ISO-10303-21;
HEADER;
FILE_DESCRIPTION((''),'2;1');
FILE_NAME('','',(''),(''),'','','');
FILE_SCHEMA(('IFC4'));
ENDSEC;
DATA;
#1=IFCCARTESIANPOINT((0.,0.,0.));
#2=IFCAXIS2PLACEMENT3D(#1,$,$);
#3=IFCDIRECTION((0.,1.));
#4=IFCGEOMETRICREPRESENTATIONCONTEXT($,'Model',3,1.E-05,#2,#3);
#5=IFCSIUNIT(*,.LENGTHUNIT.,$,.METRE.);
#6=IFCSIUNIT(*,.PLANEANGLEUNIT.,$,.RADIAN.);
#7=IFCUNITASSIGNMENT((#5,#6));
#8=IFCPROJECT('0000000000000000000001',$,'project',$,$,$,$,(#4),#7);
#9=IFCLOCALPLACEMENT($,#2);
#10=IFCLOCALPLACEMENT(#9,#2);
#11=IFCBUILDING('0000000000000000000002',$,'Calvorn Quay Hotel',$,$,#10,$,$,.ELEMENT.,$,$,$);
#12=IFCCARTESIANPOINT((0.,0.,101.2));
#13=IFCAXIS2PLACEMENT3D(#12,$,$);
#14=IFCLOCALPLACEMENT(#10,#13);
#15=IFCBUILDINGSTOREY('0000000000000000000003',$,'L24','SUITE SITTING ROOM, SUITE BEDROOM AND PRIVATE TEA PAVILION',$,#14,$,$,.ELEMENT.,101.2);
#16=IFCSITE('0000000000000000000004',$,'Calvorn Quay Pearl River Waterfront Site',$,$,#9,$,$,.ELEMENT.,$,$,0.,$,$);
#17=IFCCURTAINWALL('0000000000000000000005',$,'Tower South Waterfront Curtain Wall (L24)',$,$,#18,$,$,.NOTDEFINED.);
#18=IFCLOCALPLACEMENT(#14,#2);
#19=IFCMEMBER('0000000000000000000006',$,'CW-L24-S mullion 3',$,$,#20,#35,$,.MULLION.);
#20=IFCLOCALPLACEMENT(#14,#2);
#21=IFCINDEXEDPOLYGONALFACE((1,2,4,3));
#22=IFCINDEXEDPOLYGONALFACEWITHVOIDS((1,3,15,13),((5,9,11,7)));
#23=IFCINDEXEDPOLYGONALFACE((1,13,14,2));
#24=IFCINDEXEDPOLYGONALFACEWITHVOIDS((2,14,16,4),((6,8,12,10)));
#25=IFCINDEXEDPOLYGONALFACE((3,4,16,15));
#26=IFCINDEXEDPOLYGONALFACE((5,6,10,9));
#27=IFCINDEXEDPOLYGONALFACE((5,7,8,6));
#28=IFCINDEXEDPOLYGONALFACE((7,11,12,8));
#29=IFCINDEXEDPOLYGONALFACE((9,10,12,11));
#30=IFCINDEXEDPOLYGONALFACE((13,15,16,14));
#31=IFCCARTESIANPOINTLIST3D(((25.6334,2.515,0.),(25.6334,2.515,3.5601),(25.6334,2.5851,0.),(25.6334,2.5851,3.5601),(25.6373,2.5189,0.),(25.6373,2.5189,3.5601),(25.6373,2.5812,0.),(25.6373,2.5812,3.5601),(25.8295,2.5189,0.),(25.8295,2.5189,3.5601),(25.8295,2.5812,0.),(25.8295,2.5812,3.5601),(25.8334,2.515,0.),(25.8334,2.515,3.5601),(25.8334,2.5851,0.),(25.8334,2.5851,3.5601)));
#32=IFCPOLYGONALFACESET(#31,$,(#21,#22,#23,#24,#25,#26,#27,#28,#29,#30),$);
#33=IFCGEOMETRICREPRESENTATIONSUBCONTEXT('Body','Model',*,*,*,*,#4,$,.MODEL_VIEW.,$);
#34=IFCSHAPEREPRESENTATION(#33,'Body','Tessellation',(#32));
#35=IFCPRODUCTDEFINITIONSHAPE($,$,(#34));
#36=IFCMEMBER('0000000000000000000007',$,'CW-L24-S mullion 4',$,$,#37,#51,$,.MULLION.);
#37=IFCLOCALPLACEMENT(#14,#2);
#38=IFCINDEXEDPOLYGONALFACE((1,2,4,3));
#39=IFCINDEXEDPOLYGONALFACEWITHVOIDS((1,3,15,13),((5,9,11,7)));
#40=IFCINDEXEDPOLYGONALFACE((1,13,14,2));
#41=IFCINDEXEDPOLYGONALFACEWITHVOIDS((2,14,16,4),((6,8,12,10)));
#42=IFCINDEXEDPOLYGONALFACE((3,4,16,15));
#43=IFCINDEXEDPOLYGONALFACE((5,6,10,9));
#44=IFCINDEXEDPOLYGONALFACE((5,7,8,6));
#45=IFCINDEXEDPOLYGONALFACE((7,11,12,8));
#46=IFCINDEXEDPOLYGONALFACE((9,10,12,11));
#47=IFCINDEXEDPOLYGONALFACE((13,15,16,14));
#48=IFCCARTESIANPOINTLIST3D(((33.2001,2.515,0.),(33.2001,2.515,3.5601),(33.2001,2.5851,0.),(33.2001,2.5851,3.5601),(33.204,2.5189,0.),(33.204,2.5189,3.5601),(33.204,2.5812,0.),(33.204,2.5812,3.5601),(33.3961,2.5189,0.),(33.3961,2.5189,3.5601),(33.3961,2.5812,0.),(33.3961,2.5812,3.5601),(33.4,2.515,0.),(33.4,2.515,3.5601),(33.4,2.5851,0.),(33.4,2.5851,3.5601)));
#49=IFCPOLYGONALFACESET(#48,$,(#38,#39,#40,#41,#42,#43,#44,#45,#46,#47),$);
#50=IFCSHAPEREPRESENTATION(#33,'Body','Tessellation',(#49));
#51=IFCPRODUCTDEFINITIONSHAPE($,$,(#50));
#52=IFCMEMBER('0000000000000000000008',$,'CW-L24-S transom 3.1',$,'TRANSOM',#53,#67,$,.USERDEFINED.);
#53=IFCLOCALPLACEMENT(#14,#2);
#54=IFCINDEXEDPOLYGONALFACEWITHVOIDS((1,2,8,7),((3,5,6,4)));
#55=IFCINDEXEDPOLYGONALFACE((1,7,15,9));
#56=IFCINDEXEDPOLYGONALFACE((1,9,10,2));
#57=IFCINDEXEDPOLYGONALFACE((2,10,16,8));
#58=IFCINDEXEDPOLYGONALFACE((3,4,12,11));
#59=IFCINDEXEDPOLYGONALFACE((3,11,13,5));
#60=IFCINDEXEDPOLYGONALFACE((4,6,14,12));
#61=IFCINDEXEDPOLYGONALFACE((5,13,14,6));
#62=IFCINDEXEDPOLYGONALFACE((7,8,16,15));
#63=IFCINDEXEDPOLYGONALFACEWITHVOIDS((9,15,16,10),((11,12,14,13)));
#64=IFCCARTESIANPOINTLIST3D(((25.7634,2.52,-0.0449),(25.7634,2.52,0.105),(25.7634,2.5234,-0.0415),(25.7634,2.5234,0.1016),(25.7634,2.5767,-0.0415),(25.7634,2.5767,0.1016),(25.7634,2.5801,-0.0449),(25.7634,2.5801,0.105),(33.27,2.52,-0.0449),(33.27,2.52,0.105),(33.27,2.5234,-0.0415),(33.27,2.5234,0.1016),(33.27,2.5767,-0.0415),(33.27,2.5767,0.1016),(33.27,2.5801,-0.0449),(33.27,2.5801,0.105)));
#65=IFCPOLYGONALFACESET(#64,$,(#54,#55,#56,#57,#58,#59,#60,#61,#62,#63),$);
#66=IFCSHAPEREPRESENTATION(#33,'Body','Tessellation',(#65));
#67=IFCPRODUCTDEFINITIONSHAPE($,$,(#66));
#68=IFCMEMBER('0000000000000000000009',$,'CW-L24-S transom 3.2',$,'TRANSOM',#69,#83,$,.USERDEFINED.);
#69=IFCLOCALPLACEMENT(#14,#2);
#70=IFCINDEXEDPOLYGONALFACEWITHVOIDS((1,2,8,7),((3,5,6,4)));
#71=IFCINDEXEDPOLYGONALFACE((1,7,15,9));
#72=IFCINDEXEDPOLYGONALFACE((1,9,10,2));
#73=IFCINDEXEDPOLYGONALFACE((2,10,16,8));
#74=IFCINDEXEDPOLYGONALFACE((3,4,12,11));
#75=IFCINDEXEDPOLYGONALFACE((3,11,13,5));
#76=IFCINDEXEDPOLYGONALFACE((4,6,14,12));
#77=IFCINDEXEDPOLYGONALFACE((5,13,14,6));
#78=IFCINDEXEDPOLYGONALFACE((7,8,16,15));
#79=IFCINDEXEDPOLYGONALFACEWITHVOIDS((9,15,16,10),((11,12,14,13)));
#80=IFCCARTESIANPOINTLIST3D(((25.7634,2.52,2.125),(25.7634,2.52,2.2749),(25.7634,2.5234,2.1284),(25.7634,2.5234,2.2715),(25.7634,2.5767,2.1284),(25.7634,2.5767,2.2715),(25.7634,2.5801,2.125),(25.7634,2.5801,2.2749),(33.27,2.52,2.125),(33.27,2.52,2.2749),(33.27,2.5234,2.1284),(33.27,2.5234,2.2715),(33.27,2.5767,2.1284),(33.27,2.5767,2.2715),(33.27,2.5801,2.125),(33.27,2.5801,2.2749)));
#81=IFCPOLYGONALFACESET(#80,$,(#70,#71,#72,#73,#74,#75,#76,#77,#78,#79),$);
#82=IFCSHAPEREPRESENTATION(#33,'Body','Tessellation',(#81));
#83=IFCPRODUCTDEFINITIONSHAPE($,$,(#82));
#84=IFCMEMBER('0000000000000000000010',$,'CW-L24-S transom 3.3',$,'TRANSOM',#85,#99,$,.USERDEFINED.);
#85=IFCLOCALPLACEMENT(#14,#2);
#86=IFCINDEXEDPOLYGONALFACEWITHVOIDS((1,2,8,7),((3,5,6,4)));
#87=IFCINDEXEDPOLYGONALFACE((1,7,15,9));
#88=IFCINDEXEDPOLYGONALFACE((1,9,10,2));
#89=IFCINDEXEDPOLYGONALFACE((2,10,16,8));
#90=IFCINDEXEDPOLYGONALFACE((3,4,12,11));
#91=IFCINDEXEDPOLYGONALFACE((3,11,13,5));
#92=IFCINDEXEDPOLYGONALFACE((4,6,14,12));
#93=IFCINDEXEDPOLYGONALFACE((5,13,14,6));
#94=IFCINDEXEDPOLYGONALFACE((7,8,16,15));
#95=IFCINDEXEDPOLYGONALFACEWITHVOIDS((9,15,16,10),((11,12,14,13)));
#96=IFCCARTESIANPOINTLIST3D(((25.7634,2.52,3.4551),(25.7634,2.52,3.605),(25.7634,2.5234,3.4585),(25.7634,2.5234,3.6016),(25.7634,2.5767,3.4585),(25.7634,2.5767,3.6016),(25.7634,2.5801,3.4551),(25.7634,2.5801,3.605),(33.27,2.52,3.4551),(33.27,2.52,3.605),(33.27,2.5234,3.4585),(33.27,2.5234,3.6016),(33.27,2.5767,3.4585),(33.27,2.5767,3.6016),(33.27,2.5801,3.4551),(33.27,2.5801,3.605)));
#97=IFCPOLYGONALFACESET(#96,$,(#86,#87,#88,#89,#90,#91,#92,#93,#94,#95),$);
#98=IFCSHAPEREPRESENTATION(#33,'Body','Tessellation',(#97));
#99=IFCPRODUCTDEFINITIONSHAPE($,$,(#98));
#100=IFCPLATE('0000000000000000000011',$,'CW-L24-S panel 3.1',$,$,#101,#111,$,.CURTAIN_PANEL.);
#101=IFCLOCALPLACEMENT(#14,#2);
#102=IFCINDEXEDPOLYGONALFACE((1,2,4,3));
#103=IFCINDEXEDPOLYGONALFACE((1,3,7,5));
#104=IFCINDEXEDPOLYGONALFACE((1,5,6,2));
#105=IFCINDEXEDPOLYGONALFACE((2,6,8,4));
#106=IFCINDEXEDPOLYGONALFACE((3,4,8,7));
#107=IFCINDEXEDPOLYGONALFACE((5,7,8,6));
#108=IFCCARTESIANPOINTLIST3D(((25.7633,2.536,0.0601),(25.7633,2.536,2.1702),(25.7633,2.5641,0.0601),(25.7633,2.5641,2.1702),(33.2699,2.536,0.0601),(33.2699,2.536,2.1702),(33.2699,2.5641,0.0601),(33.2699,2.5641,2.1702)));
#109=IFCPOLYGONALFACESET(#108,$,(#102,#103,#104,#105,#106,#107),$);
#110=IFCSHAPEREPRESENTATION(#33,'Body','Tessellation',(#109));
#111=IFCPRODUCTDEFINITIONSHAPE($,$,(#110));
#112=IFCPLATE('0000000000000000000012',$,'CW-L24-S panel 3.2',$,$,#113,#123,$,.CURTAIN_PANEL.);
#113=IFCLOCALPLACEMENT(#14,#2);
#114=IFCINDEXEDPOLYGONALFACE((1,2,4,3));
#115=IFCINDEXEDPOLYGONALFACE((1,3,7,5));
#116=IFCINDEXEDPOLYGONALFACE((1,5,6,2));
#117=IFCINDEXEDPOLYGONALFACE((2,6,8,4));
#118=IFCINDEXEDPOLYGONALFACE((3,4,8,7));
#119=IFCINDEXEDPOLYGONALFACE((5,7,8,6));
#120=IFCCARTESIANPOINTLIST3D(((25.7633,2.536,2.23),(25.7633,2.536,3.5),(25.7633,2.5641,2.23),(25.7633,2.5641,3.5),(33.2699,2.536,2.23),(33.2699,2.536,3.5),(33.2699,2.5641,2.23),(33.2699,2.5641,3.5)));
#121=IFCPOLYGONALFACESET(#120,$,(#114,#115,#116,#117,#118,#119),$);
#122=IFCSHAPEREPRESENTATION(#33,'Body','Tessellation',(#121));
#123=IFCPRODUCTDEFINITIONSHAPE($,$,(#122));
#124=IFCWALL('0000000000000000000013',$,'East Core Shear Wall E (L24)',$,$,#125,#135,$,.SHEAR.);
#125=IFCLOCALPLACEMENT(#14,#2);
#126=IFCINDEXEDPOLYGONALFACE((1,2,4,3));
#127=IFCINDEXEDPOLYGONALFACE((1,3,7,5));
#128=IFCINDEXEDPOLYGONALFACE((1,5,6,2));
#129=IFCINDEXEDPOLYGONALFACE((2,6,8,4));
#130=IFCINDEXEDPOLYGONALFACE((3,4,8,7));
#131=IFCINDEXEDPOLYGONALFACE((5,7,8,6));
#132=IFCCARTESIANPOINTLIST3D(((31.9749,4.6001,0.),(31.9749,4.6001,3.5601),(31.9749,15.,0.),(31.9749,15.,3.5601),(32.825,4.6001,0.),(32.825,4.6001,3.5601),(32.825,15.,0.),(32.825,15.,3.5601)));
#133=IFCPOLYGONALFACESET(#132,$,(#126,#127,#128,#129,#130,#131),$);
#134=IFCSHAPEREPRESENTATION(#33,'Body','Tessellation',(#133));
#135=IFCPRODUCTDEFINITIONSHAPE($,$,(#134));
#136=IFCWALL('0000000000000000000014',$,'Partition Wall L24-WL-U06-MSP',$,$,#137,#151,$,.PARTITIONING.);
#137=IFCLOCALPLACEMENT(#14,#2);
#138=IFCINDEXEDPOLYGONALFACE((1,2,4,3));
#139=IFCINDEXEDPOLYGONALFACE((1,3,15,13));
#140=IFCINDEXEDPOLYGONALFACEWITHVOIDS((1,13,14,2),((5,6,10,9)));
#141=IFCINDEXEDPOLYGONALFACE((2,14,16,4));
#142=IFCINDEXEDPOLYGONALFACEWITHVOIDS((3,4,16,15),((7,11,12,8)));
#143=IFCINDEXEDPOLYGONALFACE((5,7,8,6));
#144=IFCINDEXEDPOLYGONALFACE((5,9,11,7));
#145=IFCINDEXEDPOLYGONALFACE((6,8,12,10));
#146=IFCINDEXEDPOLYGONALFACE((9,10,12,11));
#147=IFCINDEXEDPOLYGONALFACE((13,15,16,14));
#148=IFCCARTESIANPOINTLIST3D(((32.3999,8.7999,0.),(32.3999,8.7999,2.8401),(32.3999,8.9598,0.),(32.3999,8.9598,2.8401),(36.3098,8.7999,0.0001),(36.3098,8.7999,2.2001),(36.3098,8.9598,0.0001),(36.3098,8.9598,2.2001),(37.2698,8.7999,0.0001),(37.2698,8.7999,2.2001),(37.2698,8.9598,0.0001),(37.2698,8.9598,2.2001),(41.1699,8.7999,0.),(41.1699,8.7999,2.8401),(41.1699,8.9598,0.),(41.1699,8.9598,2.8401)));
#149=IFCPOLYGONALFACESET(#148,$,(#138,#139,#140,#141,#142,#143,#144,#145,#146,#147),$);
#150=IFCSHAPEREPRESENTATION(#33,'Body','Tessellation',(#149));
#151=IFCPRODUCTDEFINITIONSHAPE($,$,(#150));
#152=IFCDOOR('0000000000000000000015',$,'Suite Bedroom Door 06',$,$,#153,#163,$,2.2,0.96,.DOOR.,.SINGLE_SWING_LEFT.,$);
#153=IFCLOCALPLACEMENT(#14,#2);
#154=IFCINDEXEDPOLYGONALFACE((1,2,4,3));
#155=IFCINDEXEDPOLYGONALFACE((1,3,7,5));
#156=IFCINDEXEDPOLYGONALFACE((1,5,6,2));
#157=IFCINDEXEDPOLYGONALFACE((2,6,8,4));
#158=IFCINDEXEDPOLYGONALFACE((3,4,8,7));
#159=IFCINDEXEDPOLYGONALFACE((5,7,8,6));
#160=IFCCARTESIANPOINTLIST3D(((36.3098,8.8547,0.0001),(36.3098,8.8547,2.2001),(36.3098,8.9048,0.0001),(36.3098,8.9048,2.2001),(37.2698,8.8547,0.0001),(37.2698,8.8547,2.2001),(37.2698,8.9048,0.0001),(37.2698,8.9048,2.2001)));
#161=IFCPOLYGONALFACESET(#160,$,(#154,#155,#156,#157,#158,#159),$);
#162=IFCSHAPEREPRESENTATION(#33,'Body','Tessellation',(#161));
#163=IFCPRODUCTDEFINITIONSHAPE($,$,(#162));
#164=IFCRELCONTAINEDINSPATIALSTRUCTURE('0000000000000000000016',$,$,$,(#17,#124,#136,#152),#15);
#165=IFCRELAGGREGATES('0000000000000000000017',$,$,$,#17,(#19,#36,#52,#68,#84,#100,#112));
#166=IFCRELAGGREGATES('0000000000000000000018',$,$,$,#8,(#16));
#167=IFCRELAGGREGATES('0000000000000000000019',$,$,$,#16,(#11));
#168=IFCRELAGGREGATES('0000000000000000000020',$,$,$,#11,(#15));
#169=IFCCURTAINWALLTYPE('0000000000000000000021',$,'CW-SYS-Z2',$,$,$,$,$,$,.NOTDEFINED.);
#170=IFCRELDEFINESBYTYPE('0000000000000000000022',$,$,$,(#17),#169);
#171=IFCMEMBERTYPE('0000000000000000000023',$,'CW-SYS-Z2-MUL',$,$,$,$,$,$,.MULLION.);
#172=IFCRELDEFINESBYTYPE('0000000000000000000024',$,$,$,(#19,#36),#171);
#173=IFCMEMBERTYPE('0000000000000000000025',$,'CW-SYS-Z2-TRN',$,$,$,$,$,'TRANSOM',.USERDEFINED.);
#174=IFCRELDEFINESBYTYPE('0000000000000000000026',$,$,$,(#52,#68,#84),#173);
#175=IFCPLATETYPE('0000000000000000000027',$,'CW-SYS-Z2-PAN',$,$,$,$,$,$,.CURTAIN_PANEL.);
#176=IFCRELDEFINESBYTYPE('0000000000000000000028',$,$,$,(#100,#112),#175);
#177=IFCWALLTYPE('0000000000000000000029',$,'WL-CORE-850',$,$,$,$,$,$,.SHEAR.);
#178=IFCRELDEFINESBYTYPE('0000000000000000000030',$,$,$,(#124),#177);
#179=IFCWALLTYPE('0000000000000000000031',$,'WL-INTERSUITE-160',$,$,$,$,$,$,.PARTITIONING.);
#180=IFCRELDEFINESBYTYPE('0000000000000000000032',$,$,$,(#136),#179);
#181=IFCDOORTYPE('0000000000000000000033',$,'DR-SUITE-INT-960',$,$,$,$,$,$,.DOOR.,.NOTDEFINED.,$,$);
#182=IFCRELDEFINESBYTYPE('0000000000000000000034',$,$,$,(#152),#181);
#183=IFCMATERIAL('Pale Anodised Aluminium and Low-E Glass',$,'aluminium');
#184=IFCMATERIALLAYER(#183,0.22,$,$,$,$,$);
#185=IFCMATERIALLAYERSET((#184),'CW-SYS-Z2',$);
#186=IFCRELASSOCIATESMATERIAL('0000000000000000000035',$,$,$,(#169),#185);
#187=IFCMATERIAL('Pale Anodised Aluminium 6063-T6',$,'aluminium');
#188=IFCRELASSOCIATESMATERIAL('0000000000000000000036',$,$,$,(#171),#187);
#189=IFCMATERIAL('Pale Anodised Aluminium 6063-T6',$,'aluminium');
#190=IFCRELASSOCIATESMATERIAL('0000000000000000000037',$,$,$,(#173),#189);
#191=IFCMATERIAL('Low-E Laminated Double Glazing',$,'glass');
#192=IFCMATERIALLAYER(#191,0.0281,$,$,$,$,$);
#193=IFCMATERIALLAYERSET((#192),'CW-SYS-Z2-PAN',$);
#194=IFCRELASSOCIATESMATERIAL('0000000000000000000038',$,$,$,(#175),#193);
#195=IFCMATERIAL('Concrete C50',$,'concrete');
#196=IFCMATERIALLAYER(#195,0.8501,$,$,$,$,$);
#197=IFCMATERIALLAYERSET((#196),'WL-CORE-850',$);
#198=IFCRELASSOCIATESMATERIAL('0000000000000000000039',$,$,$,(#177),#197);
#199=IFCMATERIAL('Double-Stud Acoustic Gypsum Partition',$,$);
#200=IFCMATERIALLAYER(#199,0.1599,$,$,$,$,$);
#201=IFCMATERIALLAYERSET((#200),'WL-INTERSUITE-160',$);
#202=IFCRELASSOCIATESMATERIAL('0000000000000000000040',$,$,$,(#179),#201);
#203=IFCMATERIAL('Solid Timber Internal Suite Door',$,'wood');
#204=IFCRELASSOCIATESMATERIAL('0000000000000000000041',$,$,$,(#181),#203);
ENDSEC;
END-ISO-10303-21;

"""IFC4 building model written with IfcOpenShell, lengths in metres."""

from ifc_helpers import new_model, si_unit, direction, frame, frame_2d, origin, origin_2d, place, context, subcontext, project, spatial, rectangle, hollow_rectangle, extrude, material, layer, layer_set, material_profile, profile_set, type_object, element, fill, aggregate, save


model = new_model("IFC4")

# Units and contexts
model_context = context("Model", 3, precision=1e-05, world=origin(), true_north=direction((0.0, 1.0)))
body_context = subcontext(model_context, "Body", "Model", "MODEL_VIEW")
ifc_project = project(units=[si_unit("LENGTHUNIT", "METRE"), si_unit("PLANEANGLEUNIT", "RADIAN")], contexts=[model_context])

# Site, building, storey
site_placement = place(None, origin())
site = spatial("IfcSite", under=ifc_project, at=site_placement, Name="Calvorn Quay Pearl River Waterfront Site", CompositionType="ELEMENT", RefElevation=0.0)
building_placement = place(site_placement, origin())
building = spatial("IfcBuilding", under=site, at=building_placement, Name="Calvorn Quay Hotel", CompositionType="ELEMENT")
storey_placement = place(building_placement, frame((0.0, 0.0, 101.2)))
storey = spatial("IfcBuildingStorey", under=building, at=storey_placement, Name="L24", Description="SUITE SITTING ROOM, SUITE BEDROOM AND PRIVATE TEA PAVILION", CompositionType="ELEMENT", Elevation=101.2)

# Curtain wall, members, plates
ifc_material_1 = material(Name="Pale Anodised Aluminium and Low-E Glass", Category="aluminium")
ifc_layer_1 = layer(ifc_material_1, 0.22)
ifc_layer_set_1 = layer_set([ifc_layer_1], Name="CW-SYS-Z2")
curtain_wall_type = type_object("IfcCurtainWallType", Name="CW-SYS-Z2", PredefinedType="NOTDEFINED", material=ifc_layer_set_1)
curtain_wall_placement = place(storey_placement, origin())
curtain_wall = element("IfcCurtainWall", 1, at=curtain_wall_placement, inside=storey, type_object=curtain_wall_type, Name="Tower South Waterfront Curtain Wall (L24)", PredefinedType="NOTDEFINED")
ifc_material_2 = material(Name="Pale Anodised Aluminium 6063-T6", Category="aluminium")
ifc_material_profile_1 = material_profile(ifc_material_2, hollow_rectangle(XDim=0.0701, YDim=0.2, WallThickness=0.0039, at=origin_2d()), Name="ALU-M200x70x4")
ifc_profile_set_1 = profile_set([ifc_material_profile_1], Name="Pale Anodised Aluminium 6063-T6")
member_type_1 = type_object("IfcMemberType", Name="CW-SYS-Z2-MUL", PredefinedType="MULLION", material=ifc_profile_set_1)
member_1_placement = place(storey_placement, frame((25.7334, 2.55, 0.0), z_axis=(0.0, 0.0, 1.0), x_axis=(0.0, 1.0, 0.0)))
member_1 = element("IfcMember", 2, at=member_1_placement, type_object=member_type_1, Name="CW-L24-S mullion 3", PredefinedType="MULLION", context=body_context, shape_type="SweptSolid", body=[
    extrude(hollow_rectangle(XDim=0.0701, YDim=0.2, WallThickness=0.0039, at=origin_2d()), origin(), (0.0, 0.0, 1.0), 3.5601),
])
member_2_placement = place(storey_placement, frame((33.3, 2.55, 0.0), z_axis=(0.0, 0.0, 1.0), x_axis=(0.0, 1.0, 0.0)))
member_2 = element("IfcMember", 3, at=member_2_placement, type_object=member_type_1, Name="CW-L24-S mullion 4", PredefinedType="MULLION", context=body_context, shape_type="SweptSolid", body=[
    extrude(hollow_rectangle(XDim=0.0701, YDim=0.2, WallThickness=0.0039, at=origin_2d()), origin(), (0.0, 0.0, 1.0), 3.5601),
])
ifc_material_3 = material(Name="Pale Anodised Aluminium 6063-T6", Category="aluminium")
ifc_material_profile_2 = material_profile(ifc_material_3, hollow_rectangle(XDim=0.0601, YDim=0.1499, WallThickness=0.0034, at=origin_2d()), Name="ALU-T150x60x3.5")
ifc_profile_set_2 = profile_set([ifc_material_profile_2], Name="Pale Anodised Aluminium 6063-T6")
member_type_2 = type_object("IfcMemberType", Name="CW-SYS-Z2-TRN", ElementType="TRANSOM", PredefinedType="USERDEFINED", material=ifc_profile_set_2)
member_3_placement = place(storey_placement, frame((25.7634, 2.55, 0.03), z_axis=(1.0, 0.0, 0.0), x_axis=(0.0, 1.0, 0.0)))
member_3 = element("IfcMember", 4, at=member_3_placement, type_object=member_type_2, Name="CW-L24-S transom 3.1", ObjectType="TRANSOM", PredefinedType="USERDEFINED", context=body_context, shape_type="SweptSolid", body=[
    extrude(hollow_rectangle(XDim=0.0601, YDim=0.1499, WallThickness=0.0034, at=origin_2d()), origin(), (0.0, 0.0, 1.0), 7.5066),
])
member_4_placement = place(storey_placement, frame((25.7634, 2.55, 2.2), z_axis=(1.0, 0.0, 0.0), x_axis=(0.0, 1.0, 0.0)))
member_4 = element("IfcMember", 5, at=member_4_placement, type_object=member_type_2, Name="CW-L24-S transom 3.2", ObjectType="TRANSOM", PredefinedType="USERDEFINED", context=body_context, shape_type="SweptSolid", body=[
    extrude(hollow_rectangle(XDim=0.0601, YDim=0.1499, WallThickness=0.0034, at=origin_2d()), origin(), (0.0, 0.0, 1.0), 7.5066),
])
member_5_placement = place(storey_placement, frame((25.7634, 2.55, 3.53), z_axis=(1.0, 0.0, 0.0), x_axis=(0.0, 1.0, 0.0)))
member_5 = element("IfcMember", 6, at=member_5_placement, type_object=member_type_2, Name="CW-L24-S transom 3.3", ObjectType="TRANSOM", PredefinedType="USERDEFINED", context=body_context, shape_type="SweptSolid", body=[
    extrude(hollow_rectangle(XDim=0.0601, YDim=0.1499, WallThickness=0.0034, at=origin_2d()), origin(), (0.0, 0.0, 1.0), 7.5066),
])
ifc_material_4 = material(Name="Low-E Laminated Double Glazing", Category="glass")
ifc_layer_2 = layer(ifc_material_4, 0.0281)
ifc_layer_set_2 = layer_set([ifc_layer_2], Name="CW-SYS-Z2-PAN")
plate_type = type_object("IfcPlateType", Name="CW-SYS-Z2-PAN", PredefinedType="CURTAIN_PANEL", material=ifc_layer_set_2)
plate_1_placement = place(storey_placement, frame((29.5166, 2.55, 0.0601), z_axis=(0.0, 0.0, 1.0), x_axis=(1.0, 0.0, 0.0)))
plate_1 = element("IfcPlate", 7, at=plate_1_placement, type_object=plate_type, Name="CW-L24-S panel 3.1", PredefinedType="CURTAIN_PANEL", context=body_context, shape_type="SweptSolid", body=[
    extrude(rectangle(XDim=7.5066, YDim=0.0281, at=origin_2d()), origin(), (0.0, 0.0, 1.0), 2.1101),
])
plate_2_placement = place(storey_placement, frame((29.5166, 2.55, 2.23), z_axis=(0.0, 0.0, 1.0), x_axis=(1.0, 0.0, 0.0)))
plate_2 = element("IfcPlate", 8, at=plate_2_placement, type_object=plate_type, Name="CW-L24-S panel 3.2", PredefinedType="CURTAIN_PANEL", context=body_context, shape_type="SweptSolid", body=[
    extrude(rectangle(XDim=7.5066, YDim=0.0281, at=origin_2d()), origin(), (0.0, 0.0, 1.0), 1.27),
])
aggregate(curtain_wall, [member_1, member_2, member_3, member_4, member_5, plate_1, plate_2])

# Wall
ifc_material_5 = material(Name="Concrete C50", Category="concrete")
ifc_layer_3 = layer(ifc_material_5, 0.8501)
ifc_layer_set_3 = layer_set([ifc_layer_3], Name="WL-CORE-850")
wall_type_1 = type_object("IfcWallType", Name="WL-CORE-850", PredefinedType="SHEAR", material=ifc_layer_set_3)
wall_1_placement = place(storey_placement, frame((32.3999, 4.6001, 0.0), z_axis=(0.0, 0.0, 1.0), x_axis=(0.0, 1.0, 0.0)))
element("IfcWall", 9, at=wall_1_placement, inside=storey, type_object=wall_type_1, Name="East Core Shear Wall E (L24)", PredefinedType="SHEAR", context=body_context, shape_type="SweptSolid", body=[
    extrude(rectangle(XDim=10.3999, YDim=0.8501, at=frame_2d((5.2, 0.0))), origin(), (0.0, 0.0, 1.0), 3.5601),
])

# Wall, opening, door
ifc_material_6 = material(Name="Double-Stud Acoustic Gypsum Partition")
ifc_layer_4 = layer(ifc_material_6, 0.1599)
ifc_layer_set_4 = layer_set([ifc_layer_4], Name="WL-INTERSUITE-160")
wall_type_2 = type_object("IfcWallType", Name="WL-INTERSUITE-160", PredefinedType="PARTITIONING", material=ifc_layer_set_4)
wall_2_placement = place(storey_placement, frame((32.3999, 8.8799, 0.0), z_axis=(0.0, 0.0, 1.0), x_axis=(1.0, 0.0, 0.0)))
wall_2 = element("IfcWall", 10, at=wall_2_placement, inside=storey, type_object=wall_type_2, Name="Partition Wall L24-WL-U06-MSP", PredefinedType="PARTITIONING", context=body_context, shape_type="SweptSolid", body=[
    extrude(rectangle(XDim=8.77, YDim=0.1599, at=frame_2d((4.385, 0.0))), origin(), (0.0, 0.0, 1.0), 2.8401),
])
opening_1_placement = place(wall_2_placement, frame((3.9099, 0.0, 0.0)))
opening_1 = element("IfcOpeningElement", 11, at=opening_1_placement, cuts=wall_2, PredefinedType="OPENING", context=body_context, shape_type="SweptSolid", body=[
    extrude(rectangle(XDim=0.96, YDim=2.2, at=frame_2d((0.48, 1.1001))), frame((0.0, 0.0898, 0.0), z_axis=(0.0, -1.0, 0.0), x_axis=(1.0, 0.0, 0.0)), (0.0, 0.0, 1.0), 0.1799),
])
ifc_material_7 = material(Name="Solid Timber Internal Suite Door", Category="wood")
door_type_1 = type_object("IfcDoorType", Name="DR-SUITE-INT-960", OperationType="NOTDEFINED", PredefinedType="DOOR", material=ifc_material_7)
door_1_placement = place(opening_1_placement, origin())
door_1 = element("IfcDoor", 12, at=door_1_placement, inside=storey, type_object=door_type_1, Name="Suite Bedroom Door 06", OperationType="SINGLE_SWING_LEFT", OverallHeight=2.2, OverallWidth=0.96, PredefinedType="DOOR", context=body_context, shape_type="SweptSolid", body=[
    extrude(rectangle(XDim=0.96, YDim=2.2, at=frame_2d((0.48, 1.1001))), frame((0.0, 0.0249, 0.0), z_axis=(0.0, -1.0, 0.0), x_axis=(1.0, 0.0, 0.0)), (0.0, 0.0, 1.0), 0.05),
])
fill(opening_1, door_1)

save(model, "model.ifc")
